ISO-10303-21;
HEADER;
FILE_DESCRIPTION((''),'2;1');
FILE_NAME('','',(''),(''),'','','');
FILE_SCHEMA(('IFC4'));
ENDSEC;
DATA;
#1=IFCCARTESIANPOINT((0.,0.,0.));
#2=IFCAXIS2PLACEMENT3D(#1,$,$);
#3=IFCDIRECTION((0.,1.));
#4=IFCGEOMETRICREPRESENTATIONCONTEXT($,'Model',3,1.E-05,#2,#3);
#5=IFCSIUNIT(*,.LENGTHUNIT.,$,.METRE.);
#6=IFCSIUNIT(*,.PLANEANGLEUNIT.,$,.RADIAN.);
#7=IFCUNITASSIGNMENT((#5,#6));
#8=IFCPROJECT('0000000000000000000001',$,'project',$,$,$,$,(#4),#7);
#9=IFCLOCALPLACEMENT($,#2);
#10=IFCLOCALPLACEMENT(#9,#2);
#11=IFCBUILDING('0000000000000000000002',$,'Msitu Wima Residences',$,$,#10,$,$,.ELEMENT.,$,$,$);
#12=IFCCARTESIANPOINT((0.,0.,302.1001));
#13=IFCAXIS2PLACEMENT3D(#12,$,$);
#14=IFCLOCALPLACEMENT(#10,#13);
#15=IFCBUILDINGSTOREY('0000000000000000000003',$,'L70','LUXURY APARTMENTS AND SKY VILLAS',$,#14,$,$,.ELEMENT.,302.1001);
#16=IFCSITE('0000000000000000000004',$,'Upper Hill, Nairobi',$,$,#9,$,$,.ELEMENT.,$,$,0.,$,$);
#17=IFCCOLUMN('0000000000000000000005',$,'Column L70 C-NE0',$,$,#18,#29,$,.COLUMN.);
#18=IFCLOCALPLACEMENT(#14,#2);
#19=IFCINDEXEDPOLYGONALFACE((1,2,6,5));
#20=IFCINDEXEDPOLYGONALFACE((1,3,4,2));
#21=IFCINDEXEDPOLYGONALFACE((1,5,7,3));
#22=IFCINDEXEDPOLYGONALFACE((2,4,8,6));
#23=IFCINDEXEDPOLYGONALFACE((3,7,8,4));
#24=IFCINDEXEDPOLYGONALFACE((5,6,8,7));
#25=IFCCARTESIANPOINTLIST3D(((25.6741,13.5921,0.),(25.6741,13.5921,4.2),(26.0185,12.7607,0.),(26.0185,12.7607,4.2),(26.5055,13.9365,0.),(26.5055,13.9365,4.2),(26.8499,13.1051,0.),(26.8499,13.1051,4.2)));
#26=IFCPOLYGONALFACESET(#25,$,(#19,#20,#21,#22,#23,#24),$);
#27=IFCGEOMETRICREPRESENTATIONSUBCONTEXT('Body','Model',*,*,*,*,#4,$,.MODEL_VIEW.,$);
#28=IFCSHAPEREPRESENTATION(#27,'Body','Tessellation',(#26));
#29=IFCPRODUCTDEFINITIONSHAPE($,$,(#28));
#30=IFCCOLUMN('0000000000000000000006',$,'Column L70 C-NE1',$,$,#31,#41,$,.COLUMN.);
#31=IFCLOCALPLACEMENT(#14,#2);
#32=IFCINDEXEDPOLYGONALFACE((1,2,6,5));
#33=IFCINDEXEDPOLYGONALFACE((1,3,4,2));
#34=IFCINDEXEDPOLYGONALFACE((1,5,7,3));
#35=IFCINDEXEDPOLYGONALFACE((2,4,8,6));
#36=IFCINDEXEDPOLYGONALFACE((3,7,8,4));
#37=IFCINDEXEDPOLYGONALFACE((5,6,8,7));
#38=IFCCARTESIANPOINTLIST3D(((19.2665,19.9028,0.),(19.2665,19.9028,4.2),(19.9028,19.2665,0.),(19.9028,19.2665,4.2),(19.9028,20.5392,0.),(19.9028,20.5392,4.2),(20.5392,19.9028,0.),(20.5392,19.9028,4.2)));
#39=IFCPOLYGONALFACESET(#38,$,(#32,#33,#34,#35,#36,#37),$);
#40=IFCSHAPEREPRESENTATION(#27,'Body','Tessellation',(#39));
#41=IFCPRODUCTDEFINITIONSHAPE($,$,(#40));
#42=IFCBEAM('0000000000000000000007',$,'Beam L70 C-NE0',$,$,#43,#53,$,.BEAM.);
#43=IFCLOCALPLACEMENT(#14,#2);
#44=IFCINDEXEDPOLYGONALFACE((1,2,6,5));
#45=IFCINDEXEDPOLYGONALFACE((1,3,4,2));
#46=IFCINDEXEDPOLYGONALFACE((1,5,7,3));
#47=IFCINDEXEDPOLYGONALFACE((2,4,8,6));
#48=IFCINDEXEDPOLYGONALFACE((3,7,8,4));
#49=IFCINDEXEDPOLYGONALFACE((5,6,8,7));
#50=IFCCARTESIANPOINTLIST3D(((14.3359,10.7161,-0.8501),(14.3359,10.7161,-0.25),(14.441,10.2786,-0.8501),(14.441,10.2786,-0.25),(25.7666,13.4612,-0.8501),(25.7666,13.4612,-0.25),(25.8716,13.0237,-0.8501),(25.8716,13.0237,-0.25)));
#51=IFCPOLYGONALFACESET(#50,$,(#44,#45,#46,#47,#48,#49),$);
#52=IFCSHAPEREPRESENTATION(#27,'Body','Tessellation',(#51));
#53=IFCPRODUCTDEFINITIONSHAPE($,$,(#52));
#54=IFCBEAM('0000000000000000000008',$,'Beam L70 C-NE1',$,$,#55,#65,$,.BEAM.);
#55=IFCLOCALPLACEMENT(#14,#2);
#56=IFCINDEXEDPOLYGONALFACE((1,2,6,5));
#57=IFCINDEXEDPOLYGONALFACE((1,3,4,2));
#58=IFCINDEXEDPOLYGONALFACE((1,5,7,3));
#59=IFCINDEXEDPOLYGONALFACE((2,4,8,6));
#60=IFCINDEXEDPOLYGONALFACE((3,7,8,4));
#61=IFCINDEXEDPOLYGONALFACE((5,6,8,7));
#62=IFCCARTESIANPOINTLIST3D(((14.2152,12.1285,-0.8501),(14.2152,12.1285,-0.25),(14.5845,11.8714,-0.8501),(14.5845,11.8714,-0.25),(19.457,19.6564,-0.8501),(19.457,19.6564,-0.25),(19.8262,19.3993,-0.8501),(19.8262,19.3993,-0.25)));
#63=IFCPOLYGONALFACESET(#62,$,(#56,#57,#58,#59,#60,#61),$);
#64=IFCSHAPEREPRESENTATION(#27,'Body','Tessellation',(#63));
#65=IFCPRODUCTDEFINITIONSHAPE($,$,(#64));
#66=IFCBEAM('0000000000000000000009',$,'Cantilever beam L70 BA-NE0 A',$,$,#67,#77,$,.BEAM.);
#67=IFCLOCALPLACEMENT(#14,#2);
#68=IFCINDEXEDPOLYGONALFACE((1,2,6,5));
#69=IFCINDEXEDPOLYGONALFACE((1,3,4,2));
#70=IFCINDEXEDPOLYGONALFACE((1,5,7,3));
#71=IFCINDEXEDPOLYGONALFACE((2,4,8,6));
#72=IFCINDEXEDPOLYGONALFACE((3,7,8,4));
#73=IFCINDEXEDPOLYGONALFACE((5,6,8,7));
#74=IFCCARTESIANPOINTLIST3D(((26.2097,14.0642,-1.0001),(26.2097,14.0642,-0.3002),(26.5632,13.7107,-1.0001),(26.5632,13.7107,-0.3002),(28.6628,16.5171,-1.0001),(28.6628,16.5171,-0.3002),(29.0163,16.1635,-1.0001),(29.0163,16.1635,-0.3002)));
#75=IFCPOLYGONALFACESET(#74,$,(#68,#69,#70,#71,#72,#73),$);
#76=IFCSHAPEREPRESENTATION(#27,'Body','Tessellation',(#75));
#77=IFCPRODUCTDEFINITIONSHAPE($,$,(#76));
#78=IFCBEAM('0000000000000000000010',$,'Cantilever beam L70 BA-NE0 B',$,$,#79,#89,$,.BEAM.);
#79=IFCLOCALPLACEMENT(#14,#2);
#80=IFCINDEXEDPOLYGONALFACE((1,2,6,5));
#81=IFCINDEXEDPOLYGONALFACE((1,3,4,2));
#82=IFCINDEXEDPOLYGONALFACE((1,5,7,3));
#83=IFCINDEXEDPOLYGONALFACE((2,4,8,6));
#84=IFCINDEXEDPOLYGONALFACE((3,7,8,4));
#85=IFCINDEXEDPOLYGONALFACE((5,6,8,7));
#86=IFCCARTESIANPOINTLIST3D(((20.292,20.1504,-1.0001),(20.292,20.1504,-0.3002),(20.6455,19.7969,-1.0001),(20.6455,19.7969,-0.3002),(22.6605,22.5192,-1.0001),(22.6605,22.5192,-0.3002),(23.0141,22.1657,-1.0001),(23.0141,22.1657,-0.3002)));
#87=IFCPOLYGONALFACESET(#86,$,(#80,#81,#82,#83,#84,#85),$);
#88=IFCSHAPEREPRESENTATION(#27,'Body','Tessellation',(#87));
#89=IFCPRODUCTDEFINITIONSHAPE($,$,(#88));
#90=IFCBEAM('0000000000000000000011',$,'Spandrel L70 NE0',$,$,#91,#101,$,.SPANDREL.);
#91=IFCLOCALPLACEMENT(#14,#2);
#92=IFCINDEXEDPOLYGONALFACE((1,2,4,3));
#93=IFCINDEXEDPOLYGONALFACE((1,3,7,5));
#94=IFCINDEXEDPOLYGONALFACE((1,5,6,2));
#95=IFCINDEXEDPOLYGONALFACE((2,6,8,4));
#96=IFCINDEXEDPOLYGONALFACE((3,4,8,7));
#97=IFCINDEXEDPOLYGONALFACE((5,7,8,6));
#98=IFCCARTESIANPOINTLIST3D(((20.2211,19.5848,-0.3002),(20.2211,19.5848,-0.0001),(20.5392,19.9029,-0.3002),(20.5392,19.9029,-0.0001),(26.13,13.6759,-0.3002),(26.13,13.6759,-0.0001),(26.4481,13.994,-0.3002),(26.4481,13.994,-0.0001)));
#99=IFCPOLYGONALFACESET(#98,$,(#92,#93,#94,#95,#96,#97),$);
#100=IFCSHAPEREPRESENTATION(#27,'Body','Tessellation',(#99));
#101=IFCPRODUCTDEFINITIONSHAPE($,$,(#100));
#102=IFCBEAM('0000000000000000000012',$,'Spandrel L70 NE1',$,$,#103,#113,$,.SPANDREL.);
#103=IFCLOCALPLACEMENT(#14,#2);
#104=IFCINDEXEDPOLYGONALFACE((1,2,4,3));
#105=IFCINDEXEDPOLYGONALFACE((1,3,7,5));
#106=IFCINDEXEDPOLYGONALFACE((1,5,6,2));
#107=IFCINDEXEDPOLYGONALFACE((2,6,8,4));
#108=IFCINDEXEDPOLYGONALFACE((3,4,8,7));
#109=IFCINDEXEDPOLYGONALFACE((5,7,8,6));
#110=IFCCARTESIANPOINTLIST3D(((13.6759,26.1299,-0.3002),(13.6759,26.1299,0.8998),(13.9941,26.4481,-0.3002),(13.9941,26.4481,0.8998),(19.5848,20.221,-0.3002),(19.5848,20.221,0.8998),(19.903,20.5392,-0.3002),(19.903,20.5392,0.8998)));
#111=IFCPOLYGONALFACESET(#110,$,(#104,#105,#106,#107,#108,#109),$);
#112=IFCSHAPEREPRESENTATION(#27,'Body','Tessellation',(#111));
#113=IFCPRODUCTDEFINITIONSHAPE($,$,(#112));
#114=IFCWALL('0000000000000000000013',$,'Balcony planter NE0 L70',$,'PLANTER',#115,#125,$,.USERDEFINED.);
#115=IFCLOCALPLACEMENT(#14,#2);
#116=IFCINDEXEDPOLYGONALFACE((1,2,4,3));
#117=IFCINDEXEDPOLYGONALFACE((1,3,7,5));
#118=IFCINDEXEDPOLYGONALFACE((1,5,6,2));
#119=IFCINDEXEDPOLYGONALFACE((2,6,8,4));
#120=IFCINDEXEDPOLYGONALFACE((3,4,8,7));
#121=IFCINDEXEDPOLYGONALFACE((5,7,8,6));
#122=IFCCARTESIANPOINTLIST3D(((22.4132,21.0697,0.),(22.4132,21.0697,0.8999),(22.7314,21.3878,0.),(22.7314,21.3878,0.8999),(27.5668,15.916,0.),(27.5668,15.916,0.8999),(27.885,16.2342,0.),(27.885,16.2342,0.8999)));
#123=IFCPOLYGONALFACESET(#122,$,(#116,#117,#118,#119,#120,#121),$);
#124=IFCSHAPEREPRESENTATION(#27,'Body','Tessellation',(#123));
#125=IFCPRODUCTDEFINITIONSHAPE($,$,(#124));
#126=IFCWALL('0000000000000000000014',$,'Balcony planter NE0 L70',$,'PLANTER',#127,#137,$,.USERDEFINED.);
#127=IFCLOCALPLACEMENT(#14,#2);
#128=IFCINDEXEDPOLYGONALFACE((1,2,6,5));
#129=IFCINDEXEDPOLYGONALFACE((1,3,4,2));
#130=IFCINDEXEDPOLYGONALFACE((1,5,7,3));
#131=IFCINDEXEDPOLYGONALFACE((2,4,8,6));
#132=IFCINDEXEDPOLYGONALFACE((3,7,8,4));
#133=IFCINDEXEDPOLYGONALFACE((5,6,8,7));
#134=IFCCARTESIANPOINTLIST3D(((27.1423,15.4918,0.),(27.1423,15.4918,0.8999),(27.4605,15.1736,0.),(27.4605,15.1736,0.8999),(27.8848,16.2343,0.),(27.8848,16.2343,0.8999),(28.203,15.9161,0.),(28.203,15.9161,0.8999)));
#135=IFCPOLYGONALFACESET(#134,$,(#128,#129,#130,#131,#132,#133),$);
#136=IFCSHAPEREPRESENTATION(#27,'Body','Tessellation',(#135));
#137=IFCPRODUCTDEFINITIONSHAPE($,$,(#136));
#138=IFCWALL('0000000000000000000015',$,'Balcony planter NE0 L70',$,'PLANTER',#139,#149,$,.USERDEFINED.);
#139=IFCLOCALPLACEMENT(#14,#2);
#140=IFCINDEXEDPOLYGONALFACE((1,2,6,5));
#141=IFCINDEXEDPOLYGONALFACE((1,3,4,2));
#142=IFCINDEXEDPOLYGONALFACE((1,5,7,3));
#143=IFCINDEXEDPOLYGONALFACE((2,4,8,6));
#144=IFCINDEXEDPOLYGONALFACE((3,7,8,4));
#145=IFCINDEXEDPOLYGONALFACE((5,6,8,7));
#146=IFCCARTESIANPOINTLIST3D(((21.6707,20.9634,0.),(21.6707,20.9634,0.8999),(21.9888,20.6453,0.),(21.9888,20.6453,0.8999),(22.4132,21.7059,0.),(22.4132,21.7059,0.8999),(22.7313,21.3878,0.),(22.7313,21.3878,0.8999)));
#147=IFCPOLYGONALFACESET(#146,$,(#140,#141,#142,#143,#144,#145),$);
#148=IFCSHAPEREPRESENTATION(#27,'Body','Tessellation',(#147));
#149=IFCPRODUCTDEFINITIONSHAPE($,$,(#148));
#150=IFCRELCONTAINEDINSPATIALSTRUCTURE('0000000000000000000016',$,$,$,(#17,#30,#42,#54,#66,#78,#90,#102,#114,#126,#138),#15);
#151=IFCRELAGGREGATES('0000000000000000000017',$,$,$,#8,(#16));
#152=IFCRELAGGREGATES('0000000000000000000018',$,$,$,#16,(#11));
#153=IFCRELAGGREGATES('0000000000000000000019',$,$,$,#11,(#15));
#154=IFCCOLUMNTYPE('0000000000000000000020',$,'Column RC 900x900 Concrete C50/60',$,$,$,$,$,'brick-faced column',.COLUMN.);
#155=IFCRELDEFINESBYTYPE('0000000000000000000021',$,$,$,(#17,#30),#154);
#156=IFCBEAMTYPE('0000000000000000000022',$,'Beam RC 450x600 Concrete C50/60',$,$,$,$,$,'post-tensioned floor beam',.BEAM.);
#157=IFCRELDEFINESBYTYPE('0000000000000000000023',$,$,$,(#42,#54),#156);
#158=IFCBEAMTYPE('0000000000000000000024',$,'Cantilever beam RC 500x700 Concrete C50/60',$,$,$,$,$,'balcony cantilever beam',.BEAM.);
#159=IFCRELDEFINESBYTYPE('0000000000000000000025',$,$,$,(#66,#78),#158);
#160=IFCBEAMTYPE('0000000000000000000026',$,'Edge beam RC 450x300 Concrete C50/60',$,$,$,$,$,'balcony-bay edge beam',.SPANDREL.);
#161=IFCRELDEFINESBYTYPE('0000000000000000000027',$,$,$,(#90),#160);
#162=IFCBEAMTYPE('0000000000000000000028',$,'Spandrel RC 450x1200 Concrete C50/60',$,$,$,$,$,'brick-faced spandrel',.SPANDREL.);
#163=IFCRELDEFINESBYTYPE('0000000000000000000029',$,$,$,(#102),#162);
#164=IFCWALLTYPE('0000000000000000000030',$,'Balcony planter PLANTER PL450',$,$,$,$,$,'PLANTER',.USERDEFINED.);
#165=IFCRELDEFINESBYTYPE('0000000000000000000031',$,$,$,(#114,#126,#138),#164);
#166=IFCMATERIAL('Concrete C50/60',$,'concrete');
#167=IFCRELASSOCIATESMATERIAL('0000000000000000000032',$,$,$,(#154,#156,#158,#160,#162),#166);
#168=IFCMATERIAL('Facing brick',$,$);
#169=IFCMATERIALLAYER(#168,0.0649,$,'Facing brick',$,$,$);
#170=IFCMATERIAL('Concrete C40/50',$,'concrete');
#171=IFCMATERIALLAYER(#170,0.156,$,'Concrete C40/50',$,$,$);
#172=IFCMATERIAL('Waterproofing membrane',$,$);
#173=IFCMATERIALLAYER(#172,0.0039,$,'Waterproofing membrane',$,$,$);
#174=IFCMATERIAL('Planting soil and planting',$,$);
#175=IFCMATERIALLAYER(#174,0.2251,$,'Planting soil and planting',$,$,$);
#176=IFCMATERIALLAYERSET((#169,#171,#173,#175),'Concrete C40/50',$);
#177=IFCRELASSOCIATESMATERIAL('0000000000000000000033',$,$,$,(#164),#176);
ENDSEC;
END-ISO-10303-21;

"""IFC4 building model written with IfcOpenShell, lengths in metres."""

from ifc_helpers import new_model, si_unit, direction, frame, frame_2d, origin, origin_2d, place, context, subcontext, project, spatial, rectangle, extrude, material, layer, layer_set, material_profile, profile_set, type_object, element, save


model = new_model("IFC4")

# Units and contexts
model_context = context("Model", 3, precision=1e-05, world=origin(), true_north=direction((0.0, 1.0)))
body_context = subcontext(model_context, "Body", "Model", "MODEL_VIEW")
ifc_project = project(units=[si_unit("LENGTHUNIT", "METRE"), si_unit("PLANEANGLEUNIT", "RADIAN")], contexts=[model_context])

# Site, building, storey
site_placement = place(None, origin())
site = spatial("IfcSite", under=ifc_project, at=site_placement, Name="Upper Hill, Nairobi", CompositionType="ELEMENT", RefElevation=0.0)
building_placement = place(site_placement, origin())
building = spatial("IfcBuilding", under=site, at=building_placement, Name="Msitu Wima Residences", CompositionType="ELEMENT")
storey_placement = place(building_placement, frame((0.0, 0.0, 302.1001)))
storey = spatial("IfcBuildingStorey", under=building, at=storey_placement, Name="L70", Description="LUXURY APARTMENTS AND SKY VILLAS", CompositionType="ELEMENT", Elevation=302.1001)

# Columns
ifc_material_1 = material(Name="Concrete C50/60", Category="concrete")
ifc_material_profile_1 = material_profile(ifc_material_1, rectangle(XDim=0.8999, YDim=0.8999, at=origin_2d()), Name="RC 900x900")
ifc_profile_set_1 = profile_set([ifc_material_profile_1], Name="Concrete C50/60")
column_type = type_object("IfcColumnType", Name="Column RC 900x900 Concrete C50/60", ElementType="brick-faced column", PredefinedType="COLUMN", material=ifc_profile_set_1)
for number, where, z_axis, x_axis, name in (
    (1, (26.262, 13.3486, 0.0), (0.0, 0.0, 1.0), (-0.382683, 0.92388, 0.0), "Column L70 C-NE0"),
    (2, (19.9028, 19.9028, 0.0), (0.0, 0.0, 1.0), (-0.707107, 0.707107, 0.0), "Column L70 C-NE1"),
):
    element("IfcColumn", number, at=place(storey_placement, frame(where, z_axis=z_axis, x_axis=x_axis)), inside=storey, type_object=column_type, Name=name, PredefinedType="COLUMN", context=body_context, shape_type="SweptSolid", body=[
        extrude(rectangle(XDim=0.8999, YDim=0.8999, at=origin_2d()), origin(), (0.0, 0.0, 1.0), 4.2),
    ])

# Beams
ifc_material_profile_2 = material_profile(ifc_material_1, rectangle(XDim=0.45, YDim=0.6001, at=origin_2d()), Name="RC 450x600")
ifc_profile_set_2 = profile_set([ifc_material_profile_2], Name="Concrete C50/60")
beam_type_1 = type_object("IfcBeamType", Name="Beam RC 450x600 Concrete C50/60", ElementType="post-tensioned floor beam", PredefinedType="BEAM", material=ifc_profile_set_2)
beam_1_placement = place(storey_placement, frame((25.8191, 13.2424, -0.55), z_axis=(-0.972353, -0.233514, 0.0), x_axis=(0.233514, -0.972353, 0.0)))
element("IfcBeam", 3, at=beam_1_placement, inside=storey, type_object=beam_type_1, Name="Beam L70 C-NE0", PredefinedType="BEAM", context=body_context, shape_type="SweptSolid", body=[
    extrude(rectangle(XDim=0.45, YDim=0.6001, at=origin_2d()), origin(), (0.0, 0.0, 1.0), 11.7556),
])
beam_2_placement = place(storey_placement, frame((19.6416, 19.5278, -0.55), z_axis=(-0.571428, -0.820652, 0.0), x_axis=(0.820652, -0.571428, 0.0)))
element("IfcBeam", 4, at=beam_2_placement, inside=storey, type_object=beam_type_1, Name="Beam L70 C-NE1", PredefinedType="BEAM", context=body_context, shape_type="SweptSolid", body=[
    extrude(rectangle(XDim=0.45, YDim=0.6001, at=origin_2d()), origin(), (0.0, 0.0, 1.0), 9.1731),
])
ifc_material_profile_3 = material_profile(ifc_material_1, rectangle(XDim=0.5, YDim=0.7, at=origin_2d()), Name="RC 500x700")
ifc_profile_set_3 = profile_set([ifc_material_profile_3], Name="Concrete C50/60")
beam_type_2 = type_object("IfcBeamType", Name="Cantilever beam RC 500x700 Concrete C50/60", ElementType="balcony cantilever beam", PredefinedType="BEAM", material=ifc_profile_set_3)
beam_3_placement = place(storey_placement, frame((26.3865, 13.8875, -0.6501), z_axis=(0.707142, 0.707072, 0.0), x_axis=(-0.707072, 0.707142, 0.0)))
element("IfcBeam", 5, at=beam_3_placement, inside=storey, type_object=beam_type_2, Name="Cantilever beam L70 BA-NE0 A", PredefinedType="BEAM", context=body_context, shape_type="SweptSolid", body=[
    extrude(rectangle(XDim=0.5, YDim=0.7, at=origin_2d()), origin(), (0.0, 0.0, 1.0), 3.469),
])
beam_4_placement = place(storey_placement, frame((20.4688, 19.9736, -0.6501), z_axis=(0.70707, 0.707143, 0.0), x_axis=(-0.707143, 0.70707, 0.0)))
element("IfcBeam", 6, at=beam_4_placement, inside=storey, type_object=beam_type_2, Name="Cantilever beam L70 BA-NE0 B", PredefinedType="BEAM", context=body_context, shape_type="SweptSolid", body=[
    extrude(rectangle(XDim=0.5, YDim=0.7, at=origin_2d()), origin(), (0.0, 0.0, 1.0), 3.3499),
])
ifc_material_profile_4 = material_profile(ifc_material_1, rectangle(XDim=0.45, YDim=0.3, at=origin_2d()), Name="RC 450x300")
ifc_profile_set_4 = profile_set([ifc_material_profile_4], Name="Concrete C50/60")
beam_type_3 = type_object("IfcBeamType", Name="Edge beam RC 450x300 Concrete C50/60", ElementType="balcony-bay edge beam", PredefinedType="SPANDREL", material=ifc_profile_set_4)
beam_5_placement = place(storey_placement, frame((26.2891, 13.835, -0.1501), z_axis=(-0.707107, 0.707107, 0.0), x_axis=(-0.707107, -0.707107, 0.0)))
element("IfcBeam", 7, at=beam_5_placement, inside=storey, type_object=beam_type_3, Name="Spandrel L70 NE0", PredefinedType="SPANDREL", context=body_context, shape_type="SweptSolid", body=[
    extrude(rectangle(XDim=0.45, YDim=0.3, at=origin_2d()), origin(), (0.0, 0.0, 1.0), 8.3564),
])
ifc_material_profile_5 = material_profile(ifc_material_1, rectangle(XDim=0.45, YDim=1.2, at=origin_2d()), Name="RC 450x1200")
ifc_profile_set_5 = profile_set([ifc_material_profile_5], Name="Concrete C50/60")
beam_type_4 = type_object("IfcBeamType", Name="Spandrel RC 450x1200 Concrete C50/60", ElementType="brick-faced spandrel", PredefinedType="SPANDREL", material=ifc_profile_set_5)
beam_6_placement = place(storey_placement, frame((19.7439, 20.3801, 0.2998), z_axis=(-0.707107, 0.707107, 0.0), x_axis=(-0.707107, -0.707107, 0.0)))
element("IfcBeam", 8, at=beam_6_placement, inside=storey, type_object=beam_type_4, Name="Spandrel L70 NE1", PredefinedType="SPANDREL", context=body_context, shape_type="SweptSolid", body=[
    extrude(rectangle(XDim=0.45, YDim=1.2, at=origin_2d()), origin(), (0.0, 0.0, 1.0), 8.3564),
])

# Walls
ifc_material_2 = material(Name="Facing brick")
ifc_layer_1 = layer(ifc_material_2, 0.0649, Name="Facing brick")
ifc_material_3 = material(Name="Concrete C40/50", Category="concrete")
ifc_layer_2 = layer(ifc_material_3, 0.156, Name="Concrete C40/50")
ifc_material_4 = material(Name="Waterproofing membrane")
ifc_layer_3 = layer(ifc_material_4, 0.0039, Name="Waterproofing membrane")
ifc_material_5 = material(Name="Planting soil and planting")
ifc_layer_4 = layer(ifc_material_5, 0.2251, Name="Planting soil and planting")
ifc_layer_set_1 = layer_set([ifc_layer_1, ifc_layer_2, ifc_layer_3, ifc_layer_4], Name="Concrete C40/50")
wall_type_1 = type_object("IfcWallType", Name="Balcony planter PLANTER PL450", ElementType="PLANTER", PredefinedType="USERDEFINED", material=ifc_layer_set_1)
wall_1_placement = place(storey_placement, frame((27.7258, 16.0752, 0.0), z_axis=(0.0, 0.0, 1.0), x_axis=(-0.707107, 0.707107, 0.0)))
element("IfcWall", 9, at=wall_1_placement, inside=storey, type_object=wall_type_1, Name="Balcony planter NE0 L70", ObjectType="PLANTER", PredefinedType="USERDEFINED", context=body_context, shape_type="SweptSolid", body=[
    extrude(rectangle(XDim=7.2883, YDim=0.45, at=frame_2d((3.644, 0.0))), origin(), (0.0, 0.0, 1.0), 0.8999),
])
for number, where, z_axis, x_axis, name in (
    (10, (27.3015, 15.3328, 0.0), (0.0, 0.0, 1.0), (0.707107, 0.707107, 0.0), "Balcony planter NE0 L70"),
    (11, (21.8298, 20.8044, 0.0), (0.0, 0.0, 1.0), (0.707107, 0.707107, 0.0), "Balcony planter NE0 L70"),
):
    element("IfcWall", number, at=place(storey_placement, frame(where, z_axis=z_axis, x_axis=x_axis)), inside=storey, type_object=wall_type_1, Name=name, ObjectType="PLANTER", PredefinedType="USERDEFINED", context=body_context, shape_type="SweptSolid", body=[
        extrude(rectangle(XDim=1.05, YDim=0.45, at=frame_2d((0.5249, 0.0))), origin(), (0.0, 0.0, 1.0), 0.8999),
    ])

save(model, "model.ifc")
